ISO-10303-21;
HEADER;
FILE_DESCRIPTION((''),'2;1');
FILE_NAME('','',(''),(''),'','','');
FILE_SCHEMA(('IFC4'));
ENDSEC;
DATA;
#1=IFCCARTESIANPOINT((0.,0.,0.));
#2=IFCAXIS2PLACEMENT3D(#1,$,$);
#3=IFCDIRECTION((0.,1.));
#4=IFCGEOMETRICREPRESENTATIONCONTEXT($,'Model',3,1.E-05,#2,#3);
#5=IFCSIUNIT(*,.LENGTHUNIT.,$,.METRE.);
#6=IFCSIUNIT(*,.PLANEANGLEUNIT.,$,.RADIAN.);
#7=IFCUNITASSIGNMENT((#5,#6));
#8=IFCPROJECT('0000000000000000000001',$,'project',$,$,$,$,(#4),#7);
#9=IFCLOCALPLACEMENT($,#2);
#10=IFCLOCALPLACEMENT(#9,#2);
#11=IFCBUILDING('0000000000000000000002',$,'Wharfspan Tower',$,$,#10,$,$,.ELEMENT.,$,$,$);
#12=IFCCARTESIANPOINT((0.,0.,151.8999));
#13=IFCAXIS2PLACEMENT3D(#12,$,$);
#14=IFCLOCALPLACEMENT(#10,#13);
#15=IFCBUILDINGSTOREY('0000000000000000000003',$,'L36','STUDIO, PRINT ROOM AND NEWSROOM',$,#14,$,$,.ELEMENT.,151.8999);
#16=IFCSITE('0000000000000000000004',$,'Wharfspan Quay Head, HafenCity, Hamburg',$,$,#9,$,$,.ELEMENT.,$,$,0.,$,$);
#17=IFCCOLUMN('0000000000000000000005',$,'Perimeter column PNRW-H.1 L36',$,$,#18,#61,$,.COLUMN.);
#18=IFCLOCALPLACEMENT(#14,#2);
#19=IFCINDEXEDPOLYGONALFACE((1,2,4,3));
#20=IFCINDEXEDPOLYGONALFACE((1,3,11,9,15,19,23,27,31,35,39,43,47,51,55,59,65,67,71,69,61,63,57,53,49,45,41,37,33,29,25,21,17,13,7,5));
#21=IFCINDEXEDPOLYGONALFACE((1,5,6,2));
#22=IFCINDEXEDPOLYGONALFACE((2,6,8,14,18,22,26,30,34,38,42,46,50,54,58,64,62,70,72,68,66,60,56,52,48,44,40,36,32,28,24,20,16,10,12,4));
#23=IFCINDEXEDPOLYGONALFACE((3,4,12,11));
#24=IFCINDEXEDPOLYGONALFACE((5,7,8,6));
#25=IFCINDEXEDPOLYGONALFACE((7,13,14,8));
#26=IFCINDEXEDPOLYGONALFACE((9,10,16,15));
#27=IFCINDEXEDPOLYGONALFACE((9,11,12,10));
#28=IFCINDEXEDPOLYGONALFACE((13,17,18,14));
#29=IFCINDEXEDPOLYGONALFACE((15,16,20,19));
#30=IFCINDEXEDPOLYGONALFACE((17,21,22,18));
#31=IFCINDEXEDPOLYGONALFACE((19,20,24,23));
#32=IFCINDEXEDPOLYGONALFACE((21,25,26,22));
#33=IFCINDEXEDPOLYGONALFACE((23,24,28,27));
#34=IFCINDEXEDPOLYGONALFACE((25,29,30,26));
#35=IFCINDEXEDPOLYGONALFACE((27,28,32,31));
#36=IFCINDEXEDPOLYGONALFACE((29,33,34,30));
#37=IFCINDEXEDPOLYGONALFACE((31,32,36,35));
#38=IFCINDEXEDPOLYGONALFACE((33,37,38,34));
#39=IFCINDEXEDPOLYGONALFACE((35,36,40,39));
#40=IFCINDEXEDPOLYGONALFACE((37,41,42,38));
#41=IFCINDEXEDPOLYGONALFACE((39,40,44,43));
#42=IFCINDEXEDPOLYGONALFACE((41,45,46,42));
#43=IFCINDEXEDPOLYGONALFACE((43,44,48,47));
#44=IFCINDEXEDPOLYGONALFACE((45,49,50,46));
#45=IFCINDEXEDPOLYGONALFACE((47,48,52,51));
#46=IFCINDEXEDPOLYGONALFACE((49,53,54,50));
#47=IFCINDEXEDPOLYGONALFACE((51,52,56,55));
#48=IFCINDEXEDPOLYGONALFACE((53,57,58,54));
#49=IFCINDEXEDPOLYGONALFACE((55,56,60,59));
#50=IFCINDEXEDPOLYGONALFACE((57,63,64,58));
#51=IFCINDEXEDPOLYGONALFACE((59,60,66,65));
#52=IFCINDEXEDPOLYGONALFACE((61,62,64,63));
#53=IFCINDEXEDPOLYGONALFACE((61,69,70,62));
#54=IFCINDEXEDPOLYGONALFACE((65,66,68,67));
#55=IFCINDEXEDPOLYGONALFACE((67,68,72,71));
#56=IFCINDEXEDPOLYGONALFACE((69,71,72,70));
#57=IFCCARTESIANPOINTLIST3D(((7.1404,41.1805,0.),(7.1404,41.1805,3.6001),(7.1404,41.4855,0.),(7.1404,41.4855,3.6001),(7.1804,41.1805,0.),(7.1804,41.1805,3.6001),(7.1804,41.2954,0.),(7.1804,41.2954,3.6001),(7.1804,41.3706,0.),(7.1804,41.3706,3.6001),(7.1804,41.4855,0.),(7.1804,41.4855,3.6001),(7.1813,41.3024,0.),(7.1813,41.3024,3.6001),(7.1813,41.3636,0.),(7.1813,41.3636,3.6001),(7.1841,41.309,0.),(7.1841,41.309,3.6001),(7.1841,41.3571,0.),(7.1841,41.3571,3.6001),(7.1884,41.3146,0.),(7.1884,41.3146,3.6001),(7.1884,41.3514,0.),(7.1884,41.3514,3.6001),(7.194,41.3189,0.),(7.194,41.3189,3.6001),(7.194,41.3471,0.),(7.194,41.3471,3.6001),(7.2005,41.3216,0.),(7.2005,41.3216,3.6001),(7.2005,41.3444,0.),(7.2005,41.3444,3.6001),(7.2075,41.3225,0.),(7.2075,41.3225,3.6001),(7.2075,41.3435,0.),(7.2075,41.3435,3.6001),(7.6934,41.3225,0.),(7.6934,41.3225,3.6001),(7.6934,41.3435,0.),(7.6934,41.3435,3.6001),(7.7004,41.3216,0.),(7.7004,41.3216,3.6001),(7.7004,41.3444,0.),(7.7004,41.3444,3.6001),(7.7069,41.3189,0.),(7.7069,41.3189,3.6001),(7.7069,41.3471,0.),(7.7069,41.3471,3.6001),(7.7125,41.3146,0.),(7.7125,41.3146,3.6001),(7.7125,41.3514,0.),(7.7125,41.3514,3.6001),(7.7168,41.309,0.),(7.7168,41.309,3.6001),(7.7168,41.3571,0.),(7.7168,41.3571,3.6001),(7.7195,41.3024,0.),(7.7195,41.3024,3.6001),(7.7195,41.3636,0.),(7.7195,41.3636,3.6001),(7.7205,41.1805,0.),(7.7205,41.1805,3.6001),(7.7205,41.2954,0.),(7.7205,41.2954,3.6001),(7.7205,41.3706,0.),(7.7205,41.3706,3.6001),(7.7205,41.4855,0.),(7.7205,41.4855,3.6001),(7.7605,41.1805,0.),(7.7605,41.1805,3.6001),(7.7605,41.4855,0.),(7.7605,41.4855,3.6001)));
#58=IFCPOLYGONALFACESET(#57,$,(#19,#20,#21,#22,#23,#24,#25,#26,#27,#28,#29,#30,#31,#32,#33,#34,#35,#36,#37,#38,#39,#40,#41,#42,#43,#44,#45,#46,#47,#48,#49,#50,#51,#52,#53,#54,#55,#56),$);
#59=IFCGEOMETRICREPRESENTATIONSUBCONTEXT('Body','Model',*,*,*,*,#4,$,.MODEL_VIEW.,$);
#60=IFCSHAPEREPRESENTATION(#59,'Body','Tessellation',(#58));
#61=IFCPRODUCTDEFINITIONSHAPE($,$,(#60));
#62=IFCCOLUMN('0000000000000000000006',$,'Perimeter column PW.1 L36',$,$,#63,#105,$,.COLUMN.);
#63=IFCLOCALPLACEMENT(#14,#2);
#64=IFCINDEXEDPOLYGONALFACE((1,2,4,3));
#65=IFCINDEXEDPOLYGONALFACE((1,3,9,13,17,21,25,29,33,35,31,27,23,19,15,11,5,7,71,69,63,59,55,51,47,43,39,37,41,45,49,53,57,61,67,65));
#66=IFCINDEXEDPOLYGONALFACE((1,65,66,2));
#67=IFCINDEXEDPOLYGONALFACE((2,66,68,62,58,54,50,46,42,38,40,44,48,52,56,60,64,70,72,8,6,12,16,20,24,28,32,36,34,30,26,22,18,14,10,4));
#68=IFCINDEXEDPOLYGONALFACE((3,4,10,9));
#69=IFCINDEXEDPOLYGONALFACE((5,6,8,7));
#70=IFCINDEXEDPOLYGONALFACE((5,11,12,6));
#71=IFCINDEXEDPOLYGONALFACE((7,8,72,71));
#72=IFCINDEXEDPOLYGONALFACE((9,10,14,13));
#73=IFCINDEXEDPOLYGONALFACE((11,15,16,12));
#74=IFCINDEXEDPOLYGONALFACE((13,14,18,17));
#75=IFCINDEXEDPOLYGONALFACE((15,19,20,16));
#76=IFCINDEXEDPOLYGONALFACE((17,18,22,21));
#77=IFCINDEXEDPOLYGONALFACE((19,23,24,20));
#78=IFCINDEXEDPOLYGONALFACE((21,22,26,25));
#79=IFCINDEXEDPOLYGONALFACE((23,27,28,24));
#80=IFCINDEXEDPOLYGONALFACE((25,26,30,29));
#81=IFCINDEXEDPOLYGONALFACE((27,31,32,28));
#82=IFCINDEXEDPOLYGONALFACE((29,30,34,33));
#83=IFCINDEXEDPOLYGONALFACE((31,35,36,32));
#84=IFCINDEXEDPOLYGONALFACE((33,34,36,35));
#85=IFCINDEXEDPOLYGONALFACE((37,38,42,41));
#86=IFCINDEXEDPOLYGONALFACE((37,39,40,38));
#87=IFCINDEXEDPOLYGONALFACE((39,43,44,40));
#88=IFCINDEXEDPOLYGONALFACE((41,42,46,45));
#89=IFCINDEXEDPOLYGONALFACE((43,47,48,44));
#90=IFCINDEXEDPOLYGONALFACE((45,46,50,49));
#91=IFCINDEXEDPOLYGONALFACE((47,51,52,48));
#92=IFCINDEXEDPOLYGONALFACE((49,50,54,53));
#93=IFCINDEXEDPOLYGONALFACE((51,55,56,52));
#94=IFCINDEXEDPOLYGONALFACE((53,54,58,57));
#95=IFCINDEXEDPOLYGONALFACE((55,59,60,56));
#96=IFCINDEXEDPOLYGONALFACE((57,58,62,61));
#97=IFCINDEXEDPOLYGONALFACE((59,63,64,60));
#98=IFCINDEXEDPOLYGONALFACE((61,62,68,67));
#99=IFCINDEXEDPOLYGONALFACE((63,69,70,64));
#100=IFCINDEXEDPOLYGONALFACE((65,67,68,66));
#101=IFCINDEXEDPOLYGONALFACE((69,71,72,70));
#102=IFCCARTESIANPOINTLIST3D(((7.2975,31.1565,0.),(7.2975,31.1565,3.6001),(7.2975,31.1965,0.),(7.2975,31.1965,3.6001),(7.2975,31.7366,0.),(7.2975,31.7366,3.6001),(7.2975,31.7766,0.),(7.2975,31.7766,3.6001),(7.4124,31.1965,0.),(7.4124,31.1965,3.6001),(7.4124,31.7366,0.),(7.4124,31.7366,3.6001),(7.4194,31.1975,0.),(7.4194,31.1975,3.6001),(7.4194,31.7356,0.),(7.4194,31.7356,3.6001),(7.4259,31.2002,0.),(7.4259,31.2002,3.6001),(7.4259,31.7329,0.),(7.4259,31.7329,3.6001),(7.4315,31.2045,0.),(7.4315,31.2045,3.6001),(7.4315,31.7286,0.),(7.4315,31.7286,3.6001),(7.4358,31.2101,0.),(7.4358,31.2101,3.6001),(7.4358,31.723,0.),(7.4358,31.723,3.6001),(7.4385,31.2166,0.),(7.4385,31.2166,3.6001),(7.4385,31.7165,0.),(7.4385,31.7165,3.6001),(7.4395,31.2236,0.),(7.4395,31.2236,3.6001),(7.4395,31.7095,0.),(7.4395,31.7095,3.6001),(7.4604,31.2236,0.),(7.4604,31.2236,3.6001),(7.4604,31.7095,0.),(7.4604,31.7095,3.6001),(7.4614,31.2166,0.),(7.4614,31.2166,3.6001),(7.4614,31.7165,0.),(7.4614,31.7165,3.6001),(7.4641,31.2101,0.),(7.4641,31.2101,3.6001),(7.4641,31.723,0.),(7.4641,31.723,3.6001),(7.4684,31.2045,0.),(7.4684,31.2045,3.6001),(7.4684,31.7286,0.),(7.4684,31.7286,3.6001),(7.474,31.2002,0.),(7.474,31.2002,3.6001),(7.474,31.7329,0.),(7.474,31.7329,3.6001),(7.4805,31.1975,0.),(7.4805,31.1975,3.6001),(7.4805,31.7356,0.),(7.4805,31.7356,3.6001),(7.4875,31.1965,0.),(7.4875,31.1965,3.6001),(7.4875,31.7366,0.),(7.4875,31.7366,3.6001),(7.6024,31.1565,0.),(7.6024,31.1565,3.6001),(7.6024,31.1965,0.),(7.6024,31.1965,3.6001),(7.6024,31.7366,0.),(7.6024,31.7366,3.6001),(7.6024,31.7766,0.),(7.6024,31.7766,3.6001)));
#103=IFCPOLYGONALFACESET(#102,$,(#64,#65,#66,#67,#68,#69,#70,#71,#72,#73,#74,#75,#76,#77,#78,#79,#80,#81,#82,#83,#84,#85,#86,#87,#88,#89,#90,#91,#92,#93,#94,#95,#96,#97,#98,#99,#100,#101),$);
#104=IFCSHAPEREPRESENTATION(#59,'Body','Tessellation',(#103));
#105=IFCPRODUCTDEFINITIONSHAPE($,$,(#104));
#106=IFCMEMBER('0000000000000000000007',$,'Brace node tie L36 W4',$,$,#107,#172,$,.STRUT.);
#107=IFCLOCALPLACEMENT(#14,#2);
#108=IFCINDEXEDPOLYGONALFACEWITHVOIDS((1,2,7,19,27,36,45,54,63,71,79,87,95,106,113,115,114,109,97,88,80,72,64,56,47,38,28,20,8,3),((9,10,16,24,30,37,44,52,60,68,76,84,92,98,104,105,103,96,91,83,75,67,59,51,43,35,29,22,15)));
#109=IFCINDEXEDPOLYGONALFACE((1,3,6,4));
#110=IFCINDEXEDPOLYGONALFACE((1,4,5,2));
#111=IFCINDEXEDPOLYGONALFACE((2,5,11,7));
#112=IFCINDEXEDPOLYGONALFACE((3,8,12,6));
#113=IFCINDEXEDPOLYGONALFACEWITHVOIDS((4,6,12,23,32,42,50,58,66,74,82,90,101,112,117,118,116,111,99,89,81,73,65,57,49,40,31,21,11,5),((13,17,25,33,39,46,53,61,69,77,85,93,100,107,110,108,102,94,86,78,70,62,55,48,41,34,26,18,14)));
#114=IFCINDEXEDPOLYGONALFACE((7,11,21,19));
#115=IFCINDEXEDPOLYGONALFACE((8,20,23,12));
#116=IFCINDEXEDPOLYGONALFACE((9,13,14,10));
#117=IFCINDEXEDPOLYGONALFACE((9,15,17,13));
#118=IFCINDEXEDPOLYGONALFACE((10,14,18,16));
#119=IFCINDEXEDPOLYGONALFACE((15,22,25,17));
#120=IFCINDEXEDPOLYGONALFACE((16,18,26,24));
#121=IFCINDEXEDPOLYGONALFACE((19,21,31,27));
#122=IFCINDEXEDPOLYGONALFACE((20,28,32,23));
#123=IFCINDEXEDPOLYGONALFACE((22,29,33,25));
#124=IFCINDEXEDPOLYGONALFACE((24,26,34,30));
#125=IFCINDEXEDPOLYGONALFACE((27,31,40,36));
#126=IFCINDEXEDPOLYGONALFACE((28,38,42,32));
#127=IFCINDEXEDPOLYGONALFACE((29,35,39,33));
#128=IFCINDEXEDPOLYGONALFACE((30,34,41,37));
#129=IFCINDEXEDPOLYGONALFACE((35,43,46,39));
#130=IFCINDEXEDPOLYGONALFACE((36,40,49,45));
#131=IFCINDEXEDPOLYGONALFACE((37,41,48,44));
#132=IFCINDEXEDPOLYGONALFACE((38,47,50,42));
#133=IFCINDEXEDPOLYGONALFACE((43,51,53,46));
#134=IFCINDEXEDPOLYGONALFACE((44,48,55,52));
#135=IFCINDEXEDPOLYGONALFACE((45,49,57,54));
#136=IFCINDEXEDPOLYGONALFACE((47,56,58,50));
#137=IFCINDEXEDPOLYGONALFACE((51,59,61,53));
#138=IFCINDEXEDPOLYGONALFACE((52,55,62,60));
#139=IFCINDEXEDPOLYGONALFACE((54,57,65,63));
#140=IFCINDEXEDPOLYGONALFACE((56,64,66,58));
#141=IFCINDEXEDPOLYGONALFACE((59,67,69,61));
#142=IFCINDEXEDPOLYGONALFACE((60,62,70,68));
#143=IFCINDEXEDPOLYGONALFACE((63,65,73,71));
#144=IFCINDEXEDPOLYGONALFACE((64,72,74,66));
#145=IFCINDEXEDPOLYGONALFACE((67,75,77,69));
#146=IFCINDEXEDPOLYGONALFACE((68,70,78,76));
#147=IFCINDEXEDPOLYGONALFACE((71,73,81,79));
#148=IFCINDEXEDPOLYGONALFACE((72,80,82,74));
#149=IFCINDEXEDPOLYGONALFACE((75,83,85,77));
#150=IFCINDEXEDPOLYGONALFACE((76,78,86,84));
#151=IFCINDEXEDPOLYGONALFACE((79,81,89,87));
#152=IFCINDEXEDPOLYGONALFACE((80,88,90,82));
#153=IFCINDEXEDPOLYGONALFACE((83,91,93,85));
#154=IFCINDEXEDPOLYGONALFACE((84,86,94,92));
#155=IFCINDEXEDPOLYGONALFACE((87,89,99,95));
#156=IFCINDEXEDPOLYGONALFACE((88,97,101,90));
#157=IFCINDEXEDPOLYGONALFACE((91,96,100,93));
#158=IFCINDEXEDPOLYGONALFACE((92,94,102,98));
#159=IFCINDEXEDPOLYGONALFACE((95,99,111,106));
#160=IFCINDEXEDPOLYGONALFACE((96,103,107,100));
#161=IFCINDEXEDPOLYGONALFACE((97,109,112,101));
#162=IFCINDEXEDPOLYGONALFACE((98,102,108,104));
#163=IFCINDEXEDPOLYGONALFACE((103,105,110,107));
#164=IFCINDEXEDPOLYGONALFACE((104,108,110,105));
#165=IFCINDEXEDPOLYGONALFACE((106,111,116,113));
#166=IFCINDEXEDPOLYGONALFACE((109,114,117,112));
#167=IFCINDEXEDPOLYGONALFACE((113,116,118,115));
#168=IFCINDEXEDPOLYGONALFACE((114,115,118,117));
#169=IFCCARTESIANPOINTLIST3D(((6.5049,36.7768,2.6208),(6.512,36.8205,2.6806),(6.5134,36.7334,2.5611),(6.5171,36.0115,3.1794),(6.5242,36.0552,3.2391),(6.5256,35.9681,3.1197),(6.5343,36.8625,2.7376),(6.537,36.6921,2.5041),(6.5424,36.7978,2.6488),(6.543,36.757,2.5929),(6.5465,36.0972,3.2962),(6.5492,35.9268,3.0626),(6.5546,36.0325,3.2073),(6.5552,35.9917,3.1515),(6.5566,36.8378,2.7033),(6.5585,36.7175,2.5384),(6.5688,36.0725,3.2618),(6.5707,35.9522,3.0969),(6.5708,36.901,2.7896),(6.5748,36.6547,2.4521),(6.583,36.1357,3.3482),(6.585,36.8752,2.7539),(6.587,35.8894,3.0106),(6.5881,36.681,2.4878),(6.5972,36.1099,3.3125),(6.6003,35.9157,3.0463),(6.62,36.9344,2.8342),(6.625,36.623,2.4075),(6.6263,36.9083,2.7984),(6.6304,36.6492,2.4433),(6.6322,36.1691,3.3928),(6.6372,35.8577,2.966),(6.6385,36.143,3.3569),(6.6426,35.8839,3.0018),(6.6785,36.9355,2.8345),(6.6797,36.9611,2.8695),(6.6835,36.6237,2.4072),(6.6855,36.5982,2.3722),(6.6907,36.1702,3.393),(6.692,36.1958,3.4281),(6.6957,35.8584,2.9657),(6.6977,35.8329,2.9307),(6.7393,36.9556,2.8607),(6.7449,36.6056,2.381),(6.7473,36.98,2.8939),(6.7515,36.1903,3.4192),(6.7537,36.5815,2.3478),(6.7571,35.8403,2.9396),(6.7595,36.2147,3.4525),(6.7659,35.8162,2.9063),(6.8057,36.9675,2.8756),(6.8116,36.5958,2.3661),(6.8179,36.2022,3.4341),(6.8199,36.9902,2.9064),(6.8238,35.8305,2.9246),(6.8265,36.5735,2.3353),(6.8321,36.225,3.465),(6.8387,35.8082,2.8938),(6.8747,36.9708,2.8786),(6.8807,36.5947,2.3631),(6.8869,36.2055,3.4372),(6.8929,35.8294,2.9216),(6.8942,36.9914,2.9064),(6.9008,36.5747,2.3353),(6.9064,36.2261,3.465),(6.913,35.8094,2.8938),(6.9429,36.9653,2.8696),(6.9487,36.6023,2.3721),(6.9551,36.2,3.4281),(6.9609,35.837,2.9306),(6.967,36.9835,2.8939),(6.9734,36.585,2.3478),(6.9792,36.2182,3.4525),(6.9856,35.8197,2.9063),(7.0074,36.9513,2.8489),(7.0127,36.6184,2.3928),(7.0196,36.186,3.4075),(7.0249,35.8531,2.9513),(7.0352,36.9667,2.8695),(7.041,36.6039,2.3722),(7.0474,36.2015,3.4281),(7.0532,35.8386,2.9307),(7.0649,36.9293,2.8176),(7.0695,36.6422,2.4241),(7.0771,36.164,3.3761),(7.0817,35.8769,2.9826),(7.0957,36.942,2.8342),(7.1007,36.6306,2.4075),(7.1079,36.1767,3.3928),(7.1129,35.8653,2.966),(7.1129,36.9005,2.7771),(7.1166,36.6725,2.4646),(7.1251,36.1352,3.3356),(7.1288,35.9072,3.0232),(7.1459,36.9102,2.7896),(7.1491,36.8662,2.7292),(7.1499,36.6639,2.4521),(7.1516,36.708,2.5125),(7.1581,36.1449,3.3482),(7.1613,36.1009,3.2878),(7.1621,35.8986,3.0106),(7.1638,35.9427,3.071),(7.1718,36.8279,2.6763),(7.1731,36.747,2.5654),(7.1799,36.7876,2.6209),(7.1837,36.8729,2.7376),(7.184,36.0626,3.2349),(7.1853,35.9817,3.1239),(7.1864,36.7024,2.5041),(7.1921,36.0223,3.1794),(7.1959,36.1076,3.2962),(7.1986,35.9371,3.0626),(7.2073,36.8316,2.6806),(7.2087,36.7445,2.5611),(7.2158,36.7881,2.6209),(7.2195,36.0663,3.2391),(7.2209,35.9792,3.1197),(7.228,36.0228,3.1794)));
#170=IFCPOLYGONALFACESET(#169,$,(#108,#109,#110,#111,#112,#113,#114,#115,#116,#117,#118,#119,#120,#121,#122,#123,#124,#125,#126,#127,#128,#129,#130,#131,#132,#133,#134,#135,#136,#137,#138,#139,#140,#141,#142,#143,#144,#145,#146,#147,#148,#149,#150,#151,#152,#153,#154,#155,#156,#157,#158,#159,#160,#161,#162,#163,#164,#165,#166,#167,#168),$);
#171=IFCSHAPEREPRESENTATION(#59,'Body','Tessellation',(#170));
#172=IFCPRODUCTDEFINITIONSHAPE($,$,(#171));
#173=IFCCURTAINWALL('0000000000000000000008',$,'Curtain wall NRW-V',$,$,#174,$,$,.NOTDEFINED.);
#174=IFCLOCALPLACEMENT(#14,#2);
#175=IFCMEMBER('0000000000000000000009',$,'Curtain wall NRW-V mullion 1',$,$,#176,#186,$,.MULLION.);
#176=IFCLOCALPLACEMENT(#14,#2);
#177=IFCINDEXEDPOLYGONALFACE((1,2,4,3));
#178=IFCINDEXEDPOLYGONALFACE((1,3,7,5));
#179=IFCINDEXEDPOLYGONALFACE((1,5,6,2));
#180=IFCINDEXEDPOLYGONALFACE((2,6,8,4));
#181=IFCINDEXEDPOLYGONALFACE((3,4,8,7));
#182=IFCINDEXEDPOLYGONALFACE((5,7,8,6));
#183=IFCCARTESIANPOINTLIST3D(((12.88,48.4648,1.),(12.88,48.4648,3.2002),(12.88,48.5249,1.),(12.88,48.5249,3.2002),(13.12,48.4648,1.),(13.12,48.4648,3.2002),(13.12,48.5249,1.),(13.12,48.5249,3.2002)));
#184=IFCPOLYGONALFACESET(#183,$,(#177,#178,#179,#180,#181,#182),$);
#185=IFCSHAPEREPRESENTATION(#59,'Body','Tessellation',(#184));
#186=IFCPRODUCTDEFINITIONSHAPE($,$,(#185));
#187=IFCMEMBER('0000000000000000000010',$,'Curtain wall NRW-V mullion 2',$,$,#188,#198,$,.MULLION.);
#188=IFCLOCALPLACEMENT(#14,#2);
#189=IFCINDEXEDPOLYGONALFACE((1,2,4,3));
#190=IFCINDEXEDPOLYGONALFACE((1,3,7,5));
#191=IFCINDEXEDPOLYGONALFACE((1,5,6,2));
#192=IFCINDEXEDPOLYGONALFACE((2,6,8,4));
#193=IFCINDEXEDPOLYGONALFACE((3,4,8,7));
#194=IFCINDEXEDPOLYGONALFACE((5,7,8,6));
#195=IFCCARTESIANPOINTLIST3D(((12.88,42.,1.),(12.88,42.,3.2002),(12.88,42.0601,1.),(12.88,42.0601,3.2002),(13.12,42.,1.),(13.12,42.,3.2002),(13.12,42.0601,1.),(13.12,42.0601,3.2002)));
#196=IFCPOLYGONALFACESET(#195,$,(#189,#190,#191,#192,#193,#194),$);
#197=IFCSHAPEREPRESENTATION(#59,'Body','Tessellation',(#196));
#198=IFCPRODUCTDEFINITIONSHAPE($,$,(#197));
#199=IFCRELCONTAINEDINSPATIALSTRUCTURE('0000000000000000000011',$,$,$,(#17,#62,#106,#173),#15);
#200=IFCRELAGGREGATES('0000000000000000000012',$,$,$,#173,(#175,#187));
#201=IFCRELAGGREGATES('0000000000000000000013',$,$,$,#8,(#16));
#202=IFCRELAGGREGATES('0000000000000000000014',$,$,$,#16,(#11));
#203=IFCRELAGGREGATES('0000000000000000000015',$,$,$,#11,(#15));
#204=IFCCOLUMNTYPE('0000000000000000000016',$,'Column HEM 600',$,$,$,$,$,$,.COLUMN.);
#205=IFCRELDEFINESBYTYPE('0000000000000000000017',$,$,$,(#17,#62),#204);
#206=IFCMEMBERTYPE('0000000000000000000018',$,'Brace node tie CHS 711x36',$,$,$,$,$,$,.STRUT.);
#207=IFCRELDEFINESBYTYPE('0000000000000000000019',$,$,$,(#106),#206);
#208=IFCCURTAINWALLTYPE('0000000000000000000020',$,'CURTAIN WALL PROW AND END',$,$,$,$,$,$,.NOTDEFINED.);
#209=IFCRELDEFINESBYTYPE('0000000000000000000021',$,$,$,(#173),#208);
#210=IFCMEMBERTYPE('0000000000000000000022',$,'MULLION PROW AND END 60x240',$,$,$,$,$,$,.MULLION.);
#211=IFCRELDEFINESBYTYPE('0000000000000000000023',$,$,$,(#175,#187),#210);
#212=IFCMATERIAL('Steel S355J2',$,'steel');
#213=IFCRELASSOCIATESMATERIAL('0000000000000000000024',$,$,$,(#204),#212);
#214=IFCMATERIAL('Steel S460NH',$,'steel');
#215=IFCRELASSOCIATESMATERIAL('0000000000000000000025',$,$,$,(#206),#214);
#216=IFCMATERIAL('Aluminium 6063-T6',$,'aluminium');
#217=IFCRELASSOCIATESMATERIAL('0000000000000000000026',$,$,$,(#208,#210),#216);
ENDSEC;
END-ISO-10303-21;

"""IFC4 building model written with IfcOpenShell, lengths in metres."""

from ifc_helpers import new_model, si_unit, direction, frame, origin, origin_2d, place, context, subcontext, project, spatial, rectangle, hollow_circle, i_section, extrude, material, material_profile, profile_set, type_object, element, aggregate, save


model = new_model("IFC4")

# Units and contexts
model_context = context("Model", 3, precision=1e-05, world=origin(), true_north=direction((0.0, 1.0)))
body_context = subcontext(model_context, "Body", "Model", "MODEL_VIEW")
ifc_project = project(units=[si_unit("LENGTHUNIT", "METRE"), si_unit("PLANEANGLEUNIT", "RADIAN")], contexts=[model_context])

# Site, building, storey
site_placement = place(None, origin())
site = spatial("IfcSite", under=ifc_project, at=site_placement, Name="Wharfspan Quay Head, HafenCity, Hamburg", CompositionType="ELEMENT", RefElevation=0.0)
building_placement = place(site_placement, origin())
building = spatial("IfcBuilding", under=site, at=building_placement, Name="Wharfspan Tower", CompositionType="ELEMENT")
storey_placement = place(building_placement, frame((0.0, 0.0, 151.8999)))
storey = spatial("IfcBuildingStorey", under=building, at=storey_placement, Name="L36", Description="STUDIO, PRINT ROOM AND NEWSROOM", CompositionType="ELEMENT", Elevation=151.8999)

# Columns
ifc_material_1 = material(Name="Steel S355J2", Category="steel")
ifc_material_profile_1 = material_profile(ifc_material_1, i_section(OverallWidth=0.3049, OverallDepth=0.6201, WebThickness=0.021, FlangeThickness=0.04, FilletRadius=0.0271, at=origin_2d()))
ifc_profile_set_1 = profile_set([ifc_material_profile_1], Name="Steel S355J2")
column_type = type_object("IfcColumnType", Name="Column HEM 600", PredefinedType="COLUMN", material=ifc_profile_set_1)
for number, where, z_axis, x_axis, name in (
    (1, (7.4504, 41.333, 0.0), (0.0, 0.0, 1.0), (0.0, 1.0, 0.0), "Perimeter column PNRW-H.1 L36"),
    (2, (7.45, 31.4666, 0.0), (0.0, 0.0, 1.0), (-1.0, 0.0, 0.0), "Perimeter column PW.1 L36"),
):
    element("IfcColumn", number, at=place(storey_placement, frame(where, z_axis=z_axis, x_axis=x_axis)), inside=storey, type_object=column_type, Name=name, PredefinedType="COLUMN", context=body_context, shape_type="SweptSolid", body=[
        extrude(i_section(OverallWidth=0.3049, OverallDepth=0.6201, WebThickness=0.021, FlangeThickness=0.04, FilletRadius=0.0271, at=origin_2d()), origin(), (0.0, 0.0, 1.0), 3.6001),
    ])

# Member
ifc_material_2 = material(Name="Steel S460NH", Category="steel")
ifc_material_profile_2 = material_profile(ifc_material_2, hollow_circle(Radius=0.3555, WallThickness=0.0359, at=origin_2d()))
ifc_profile_set_2 = profile_set([ifc_material_profile_2], Name="Steel S460NH")
member_type_1 = type_object("IfcMemberType", Name="Brace node tie CHS 711x36", PredefinedType="STRUT", material=ifc_profile_set_2)
member_1_placement = place(storey_placement, frame((6.8604, 36.7825, 2.6208), z_axis=(0.012882, -0.807687, 0.58947), x_axis=(0.999876, 0.015948, 0.000001)))
element("IfcMember", 3, at=member_1_placement, inside=storey, type_object=member_type_1, Name="Brace node tie L36 W4", PredefinedType="STRUT", context=body_context, shape_type="SweptSolid", body=[
    extrude(hollow_circle(Radius=0.3555, WallThickness=0.0359, at=origin_2d()), origin(), (0.0, 0.0, 1.0), 0.9475),
])

# Curtain wall, members
ifc_material_3 = material(Name="Aluminium 6063-T6", Category="aluminium")
curtain_wall_type = type_object("IfcCurtainWallType", Name="CURTAIN WALL PROW AND END", PredefinedType="NOTDEFINED", material=ifc_material_3)
curtain_wall_1_placement = place(storey_placement, origin())
curtain_wall_1 = element("IfcCurtainWall", 4, at=curtain_wall_1_placement, inside=storey, type_object=curtain_wall_type, Name="Curtain wall NRW-V", PredefinedType="NOTDEFINED")
ifc_material_profile_3 = material_profile(ifc_material_3, rectangle(XDim=0.24, YDim=0.0601, at=origin_2d()))
ifc_profile_set_3 = profile_set([ifc_material_profile_3], Name="Aluminium 6063-T6")
member_type_2 = type_object("IfcMemberType", Name="MULLION PROW AND END 60x240", PredefinedType="MULLION", material=ifc_profile_set_3)
member_2_placement = place(storey_placement, frame((13.0, 48.4949, 1.0), z_axis=(0.0, 0.0, 1.0), x_axis=(1.0, 0.0, 0.0)))
member_2 = element("IfcMember", 5, at=member_2_placement, type_object=member_type_2, Name="Curtain wall NRW-V mullion 1", PredefinedType="MULLION", context=body_context, shape_type="SweptSolid", body=[
    extrude(rectangle(XDim=0.24, YDim=0.0601, at=origin_2d()), origin(), (0.0, 0.0, 1.0), 2.2002),
])
member_3_placement = place(storey_placement, frame((13.0, 42.03, 1.0), z_axis=(0.0, 0.0, 1.0), x_axis=(1.0, 0.0, 0.0)))
member_3 = element("IfcMember", 6, at=member_3_placement, type_object=member_type_2, Name="Curtain wall NRW-V mullion 2", PredefinedType="MULLION", context=body_context, shape_type="SweptSolid", body=[
    extrude(rectangle(XDim=0.24, YDim=0.0601, at=origin_2d()), origin(), (0.0, 0.0, 1.0), 2.2002),
])

aggregate(curtain_wall_1, [member_2, member_3])

save(model, "model.ifc")
